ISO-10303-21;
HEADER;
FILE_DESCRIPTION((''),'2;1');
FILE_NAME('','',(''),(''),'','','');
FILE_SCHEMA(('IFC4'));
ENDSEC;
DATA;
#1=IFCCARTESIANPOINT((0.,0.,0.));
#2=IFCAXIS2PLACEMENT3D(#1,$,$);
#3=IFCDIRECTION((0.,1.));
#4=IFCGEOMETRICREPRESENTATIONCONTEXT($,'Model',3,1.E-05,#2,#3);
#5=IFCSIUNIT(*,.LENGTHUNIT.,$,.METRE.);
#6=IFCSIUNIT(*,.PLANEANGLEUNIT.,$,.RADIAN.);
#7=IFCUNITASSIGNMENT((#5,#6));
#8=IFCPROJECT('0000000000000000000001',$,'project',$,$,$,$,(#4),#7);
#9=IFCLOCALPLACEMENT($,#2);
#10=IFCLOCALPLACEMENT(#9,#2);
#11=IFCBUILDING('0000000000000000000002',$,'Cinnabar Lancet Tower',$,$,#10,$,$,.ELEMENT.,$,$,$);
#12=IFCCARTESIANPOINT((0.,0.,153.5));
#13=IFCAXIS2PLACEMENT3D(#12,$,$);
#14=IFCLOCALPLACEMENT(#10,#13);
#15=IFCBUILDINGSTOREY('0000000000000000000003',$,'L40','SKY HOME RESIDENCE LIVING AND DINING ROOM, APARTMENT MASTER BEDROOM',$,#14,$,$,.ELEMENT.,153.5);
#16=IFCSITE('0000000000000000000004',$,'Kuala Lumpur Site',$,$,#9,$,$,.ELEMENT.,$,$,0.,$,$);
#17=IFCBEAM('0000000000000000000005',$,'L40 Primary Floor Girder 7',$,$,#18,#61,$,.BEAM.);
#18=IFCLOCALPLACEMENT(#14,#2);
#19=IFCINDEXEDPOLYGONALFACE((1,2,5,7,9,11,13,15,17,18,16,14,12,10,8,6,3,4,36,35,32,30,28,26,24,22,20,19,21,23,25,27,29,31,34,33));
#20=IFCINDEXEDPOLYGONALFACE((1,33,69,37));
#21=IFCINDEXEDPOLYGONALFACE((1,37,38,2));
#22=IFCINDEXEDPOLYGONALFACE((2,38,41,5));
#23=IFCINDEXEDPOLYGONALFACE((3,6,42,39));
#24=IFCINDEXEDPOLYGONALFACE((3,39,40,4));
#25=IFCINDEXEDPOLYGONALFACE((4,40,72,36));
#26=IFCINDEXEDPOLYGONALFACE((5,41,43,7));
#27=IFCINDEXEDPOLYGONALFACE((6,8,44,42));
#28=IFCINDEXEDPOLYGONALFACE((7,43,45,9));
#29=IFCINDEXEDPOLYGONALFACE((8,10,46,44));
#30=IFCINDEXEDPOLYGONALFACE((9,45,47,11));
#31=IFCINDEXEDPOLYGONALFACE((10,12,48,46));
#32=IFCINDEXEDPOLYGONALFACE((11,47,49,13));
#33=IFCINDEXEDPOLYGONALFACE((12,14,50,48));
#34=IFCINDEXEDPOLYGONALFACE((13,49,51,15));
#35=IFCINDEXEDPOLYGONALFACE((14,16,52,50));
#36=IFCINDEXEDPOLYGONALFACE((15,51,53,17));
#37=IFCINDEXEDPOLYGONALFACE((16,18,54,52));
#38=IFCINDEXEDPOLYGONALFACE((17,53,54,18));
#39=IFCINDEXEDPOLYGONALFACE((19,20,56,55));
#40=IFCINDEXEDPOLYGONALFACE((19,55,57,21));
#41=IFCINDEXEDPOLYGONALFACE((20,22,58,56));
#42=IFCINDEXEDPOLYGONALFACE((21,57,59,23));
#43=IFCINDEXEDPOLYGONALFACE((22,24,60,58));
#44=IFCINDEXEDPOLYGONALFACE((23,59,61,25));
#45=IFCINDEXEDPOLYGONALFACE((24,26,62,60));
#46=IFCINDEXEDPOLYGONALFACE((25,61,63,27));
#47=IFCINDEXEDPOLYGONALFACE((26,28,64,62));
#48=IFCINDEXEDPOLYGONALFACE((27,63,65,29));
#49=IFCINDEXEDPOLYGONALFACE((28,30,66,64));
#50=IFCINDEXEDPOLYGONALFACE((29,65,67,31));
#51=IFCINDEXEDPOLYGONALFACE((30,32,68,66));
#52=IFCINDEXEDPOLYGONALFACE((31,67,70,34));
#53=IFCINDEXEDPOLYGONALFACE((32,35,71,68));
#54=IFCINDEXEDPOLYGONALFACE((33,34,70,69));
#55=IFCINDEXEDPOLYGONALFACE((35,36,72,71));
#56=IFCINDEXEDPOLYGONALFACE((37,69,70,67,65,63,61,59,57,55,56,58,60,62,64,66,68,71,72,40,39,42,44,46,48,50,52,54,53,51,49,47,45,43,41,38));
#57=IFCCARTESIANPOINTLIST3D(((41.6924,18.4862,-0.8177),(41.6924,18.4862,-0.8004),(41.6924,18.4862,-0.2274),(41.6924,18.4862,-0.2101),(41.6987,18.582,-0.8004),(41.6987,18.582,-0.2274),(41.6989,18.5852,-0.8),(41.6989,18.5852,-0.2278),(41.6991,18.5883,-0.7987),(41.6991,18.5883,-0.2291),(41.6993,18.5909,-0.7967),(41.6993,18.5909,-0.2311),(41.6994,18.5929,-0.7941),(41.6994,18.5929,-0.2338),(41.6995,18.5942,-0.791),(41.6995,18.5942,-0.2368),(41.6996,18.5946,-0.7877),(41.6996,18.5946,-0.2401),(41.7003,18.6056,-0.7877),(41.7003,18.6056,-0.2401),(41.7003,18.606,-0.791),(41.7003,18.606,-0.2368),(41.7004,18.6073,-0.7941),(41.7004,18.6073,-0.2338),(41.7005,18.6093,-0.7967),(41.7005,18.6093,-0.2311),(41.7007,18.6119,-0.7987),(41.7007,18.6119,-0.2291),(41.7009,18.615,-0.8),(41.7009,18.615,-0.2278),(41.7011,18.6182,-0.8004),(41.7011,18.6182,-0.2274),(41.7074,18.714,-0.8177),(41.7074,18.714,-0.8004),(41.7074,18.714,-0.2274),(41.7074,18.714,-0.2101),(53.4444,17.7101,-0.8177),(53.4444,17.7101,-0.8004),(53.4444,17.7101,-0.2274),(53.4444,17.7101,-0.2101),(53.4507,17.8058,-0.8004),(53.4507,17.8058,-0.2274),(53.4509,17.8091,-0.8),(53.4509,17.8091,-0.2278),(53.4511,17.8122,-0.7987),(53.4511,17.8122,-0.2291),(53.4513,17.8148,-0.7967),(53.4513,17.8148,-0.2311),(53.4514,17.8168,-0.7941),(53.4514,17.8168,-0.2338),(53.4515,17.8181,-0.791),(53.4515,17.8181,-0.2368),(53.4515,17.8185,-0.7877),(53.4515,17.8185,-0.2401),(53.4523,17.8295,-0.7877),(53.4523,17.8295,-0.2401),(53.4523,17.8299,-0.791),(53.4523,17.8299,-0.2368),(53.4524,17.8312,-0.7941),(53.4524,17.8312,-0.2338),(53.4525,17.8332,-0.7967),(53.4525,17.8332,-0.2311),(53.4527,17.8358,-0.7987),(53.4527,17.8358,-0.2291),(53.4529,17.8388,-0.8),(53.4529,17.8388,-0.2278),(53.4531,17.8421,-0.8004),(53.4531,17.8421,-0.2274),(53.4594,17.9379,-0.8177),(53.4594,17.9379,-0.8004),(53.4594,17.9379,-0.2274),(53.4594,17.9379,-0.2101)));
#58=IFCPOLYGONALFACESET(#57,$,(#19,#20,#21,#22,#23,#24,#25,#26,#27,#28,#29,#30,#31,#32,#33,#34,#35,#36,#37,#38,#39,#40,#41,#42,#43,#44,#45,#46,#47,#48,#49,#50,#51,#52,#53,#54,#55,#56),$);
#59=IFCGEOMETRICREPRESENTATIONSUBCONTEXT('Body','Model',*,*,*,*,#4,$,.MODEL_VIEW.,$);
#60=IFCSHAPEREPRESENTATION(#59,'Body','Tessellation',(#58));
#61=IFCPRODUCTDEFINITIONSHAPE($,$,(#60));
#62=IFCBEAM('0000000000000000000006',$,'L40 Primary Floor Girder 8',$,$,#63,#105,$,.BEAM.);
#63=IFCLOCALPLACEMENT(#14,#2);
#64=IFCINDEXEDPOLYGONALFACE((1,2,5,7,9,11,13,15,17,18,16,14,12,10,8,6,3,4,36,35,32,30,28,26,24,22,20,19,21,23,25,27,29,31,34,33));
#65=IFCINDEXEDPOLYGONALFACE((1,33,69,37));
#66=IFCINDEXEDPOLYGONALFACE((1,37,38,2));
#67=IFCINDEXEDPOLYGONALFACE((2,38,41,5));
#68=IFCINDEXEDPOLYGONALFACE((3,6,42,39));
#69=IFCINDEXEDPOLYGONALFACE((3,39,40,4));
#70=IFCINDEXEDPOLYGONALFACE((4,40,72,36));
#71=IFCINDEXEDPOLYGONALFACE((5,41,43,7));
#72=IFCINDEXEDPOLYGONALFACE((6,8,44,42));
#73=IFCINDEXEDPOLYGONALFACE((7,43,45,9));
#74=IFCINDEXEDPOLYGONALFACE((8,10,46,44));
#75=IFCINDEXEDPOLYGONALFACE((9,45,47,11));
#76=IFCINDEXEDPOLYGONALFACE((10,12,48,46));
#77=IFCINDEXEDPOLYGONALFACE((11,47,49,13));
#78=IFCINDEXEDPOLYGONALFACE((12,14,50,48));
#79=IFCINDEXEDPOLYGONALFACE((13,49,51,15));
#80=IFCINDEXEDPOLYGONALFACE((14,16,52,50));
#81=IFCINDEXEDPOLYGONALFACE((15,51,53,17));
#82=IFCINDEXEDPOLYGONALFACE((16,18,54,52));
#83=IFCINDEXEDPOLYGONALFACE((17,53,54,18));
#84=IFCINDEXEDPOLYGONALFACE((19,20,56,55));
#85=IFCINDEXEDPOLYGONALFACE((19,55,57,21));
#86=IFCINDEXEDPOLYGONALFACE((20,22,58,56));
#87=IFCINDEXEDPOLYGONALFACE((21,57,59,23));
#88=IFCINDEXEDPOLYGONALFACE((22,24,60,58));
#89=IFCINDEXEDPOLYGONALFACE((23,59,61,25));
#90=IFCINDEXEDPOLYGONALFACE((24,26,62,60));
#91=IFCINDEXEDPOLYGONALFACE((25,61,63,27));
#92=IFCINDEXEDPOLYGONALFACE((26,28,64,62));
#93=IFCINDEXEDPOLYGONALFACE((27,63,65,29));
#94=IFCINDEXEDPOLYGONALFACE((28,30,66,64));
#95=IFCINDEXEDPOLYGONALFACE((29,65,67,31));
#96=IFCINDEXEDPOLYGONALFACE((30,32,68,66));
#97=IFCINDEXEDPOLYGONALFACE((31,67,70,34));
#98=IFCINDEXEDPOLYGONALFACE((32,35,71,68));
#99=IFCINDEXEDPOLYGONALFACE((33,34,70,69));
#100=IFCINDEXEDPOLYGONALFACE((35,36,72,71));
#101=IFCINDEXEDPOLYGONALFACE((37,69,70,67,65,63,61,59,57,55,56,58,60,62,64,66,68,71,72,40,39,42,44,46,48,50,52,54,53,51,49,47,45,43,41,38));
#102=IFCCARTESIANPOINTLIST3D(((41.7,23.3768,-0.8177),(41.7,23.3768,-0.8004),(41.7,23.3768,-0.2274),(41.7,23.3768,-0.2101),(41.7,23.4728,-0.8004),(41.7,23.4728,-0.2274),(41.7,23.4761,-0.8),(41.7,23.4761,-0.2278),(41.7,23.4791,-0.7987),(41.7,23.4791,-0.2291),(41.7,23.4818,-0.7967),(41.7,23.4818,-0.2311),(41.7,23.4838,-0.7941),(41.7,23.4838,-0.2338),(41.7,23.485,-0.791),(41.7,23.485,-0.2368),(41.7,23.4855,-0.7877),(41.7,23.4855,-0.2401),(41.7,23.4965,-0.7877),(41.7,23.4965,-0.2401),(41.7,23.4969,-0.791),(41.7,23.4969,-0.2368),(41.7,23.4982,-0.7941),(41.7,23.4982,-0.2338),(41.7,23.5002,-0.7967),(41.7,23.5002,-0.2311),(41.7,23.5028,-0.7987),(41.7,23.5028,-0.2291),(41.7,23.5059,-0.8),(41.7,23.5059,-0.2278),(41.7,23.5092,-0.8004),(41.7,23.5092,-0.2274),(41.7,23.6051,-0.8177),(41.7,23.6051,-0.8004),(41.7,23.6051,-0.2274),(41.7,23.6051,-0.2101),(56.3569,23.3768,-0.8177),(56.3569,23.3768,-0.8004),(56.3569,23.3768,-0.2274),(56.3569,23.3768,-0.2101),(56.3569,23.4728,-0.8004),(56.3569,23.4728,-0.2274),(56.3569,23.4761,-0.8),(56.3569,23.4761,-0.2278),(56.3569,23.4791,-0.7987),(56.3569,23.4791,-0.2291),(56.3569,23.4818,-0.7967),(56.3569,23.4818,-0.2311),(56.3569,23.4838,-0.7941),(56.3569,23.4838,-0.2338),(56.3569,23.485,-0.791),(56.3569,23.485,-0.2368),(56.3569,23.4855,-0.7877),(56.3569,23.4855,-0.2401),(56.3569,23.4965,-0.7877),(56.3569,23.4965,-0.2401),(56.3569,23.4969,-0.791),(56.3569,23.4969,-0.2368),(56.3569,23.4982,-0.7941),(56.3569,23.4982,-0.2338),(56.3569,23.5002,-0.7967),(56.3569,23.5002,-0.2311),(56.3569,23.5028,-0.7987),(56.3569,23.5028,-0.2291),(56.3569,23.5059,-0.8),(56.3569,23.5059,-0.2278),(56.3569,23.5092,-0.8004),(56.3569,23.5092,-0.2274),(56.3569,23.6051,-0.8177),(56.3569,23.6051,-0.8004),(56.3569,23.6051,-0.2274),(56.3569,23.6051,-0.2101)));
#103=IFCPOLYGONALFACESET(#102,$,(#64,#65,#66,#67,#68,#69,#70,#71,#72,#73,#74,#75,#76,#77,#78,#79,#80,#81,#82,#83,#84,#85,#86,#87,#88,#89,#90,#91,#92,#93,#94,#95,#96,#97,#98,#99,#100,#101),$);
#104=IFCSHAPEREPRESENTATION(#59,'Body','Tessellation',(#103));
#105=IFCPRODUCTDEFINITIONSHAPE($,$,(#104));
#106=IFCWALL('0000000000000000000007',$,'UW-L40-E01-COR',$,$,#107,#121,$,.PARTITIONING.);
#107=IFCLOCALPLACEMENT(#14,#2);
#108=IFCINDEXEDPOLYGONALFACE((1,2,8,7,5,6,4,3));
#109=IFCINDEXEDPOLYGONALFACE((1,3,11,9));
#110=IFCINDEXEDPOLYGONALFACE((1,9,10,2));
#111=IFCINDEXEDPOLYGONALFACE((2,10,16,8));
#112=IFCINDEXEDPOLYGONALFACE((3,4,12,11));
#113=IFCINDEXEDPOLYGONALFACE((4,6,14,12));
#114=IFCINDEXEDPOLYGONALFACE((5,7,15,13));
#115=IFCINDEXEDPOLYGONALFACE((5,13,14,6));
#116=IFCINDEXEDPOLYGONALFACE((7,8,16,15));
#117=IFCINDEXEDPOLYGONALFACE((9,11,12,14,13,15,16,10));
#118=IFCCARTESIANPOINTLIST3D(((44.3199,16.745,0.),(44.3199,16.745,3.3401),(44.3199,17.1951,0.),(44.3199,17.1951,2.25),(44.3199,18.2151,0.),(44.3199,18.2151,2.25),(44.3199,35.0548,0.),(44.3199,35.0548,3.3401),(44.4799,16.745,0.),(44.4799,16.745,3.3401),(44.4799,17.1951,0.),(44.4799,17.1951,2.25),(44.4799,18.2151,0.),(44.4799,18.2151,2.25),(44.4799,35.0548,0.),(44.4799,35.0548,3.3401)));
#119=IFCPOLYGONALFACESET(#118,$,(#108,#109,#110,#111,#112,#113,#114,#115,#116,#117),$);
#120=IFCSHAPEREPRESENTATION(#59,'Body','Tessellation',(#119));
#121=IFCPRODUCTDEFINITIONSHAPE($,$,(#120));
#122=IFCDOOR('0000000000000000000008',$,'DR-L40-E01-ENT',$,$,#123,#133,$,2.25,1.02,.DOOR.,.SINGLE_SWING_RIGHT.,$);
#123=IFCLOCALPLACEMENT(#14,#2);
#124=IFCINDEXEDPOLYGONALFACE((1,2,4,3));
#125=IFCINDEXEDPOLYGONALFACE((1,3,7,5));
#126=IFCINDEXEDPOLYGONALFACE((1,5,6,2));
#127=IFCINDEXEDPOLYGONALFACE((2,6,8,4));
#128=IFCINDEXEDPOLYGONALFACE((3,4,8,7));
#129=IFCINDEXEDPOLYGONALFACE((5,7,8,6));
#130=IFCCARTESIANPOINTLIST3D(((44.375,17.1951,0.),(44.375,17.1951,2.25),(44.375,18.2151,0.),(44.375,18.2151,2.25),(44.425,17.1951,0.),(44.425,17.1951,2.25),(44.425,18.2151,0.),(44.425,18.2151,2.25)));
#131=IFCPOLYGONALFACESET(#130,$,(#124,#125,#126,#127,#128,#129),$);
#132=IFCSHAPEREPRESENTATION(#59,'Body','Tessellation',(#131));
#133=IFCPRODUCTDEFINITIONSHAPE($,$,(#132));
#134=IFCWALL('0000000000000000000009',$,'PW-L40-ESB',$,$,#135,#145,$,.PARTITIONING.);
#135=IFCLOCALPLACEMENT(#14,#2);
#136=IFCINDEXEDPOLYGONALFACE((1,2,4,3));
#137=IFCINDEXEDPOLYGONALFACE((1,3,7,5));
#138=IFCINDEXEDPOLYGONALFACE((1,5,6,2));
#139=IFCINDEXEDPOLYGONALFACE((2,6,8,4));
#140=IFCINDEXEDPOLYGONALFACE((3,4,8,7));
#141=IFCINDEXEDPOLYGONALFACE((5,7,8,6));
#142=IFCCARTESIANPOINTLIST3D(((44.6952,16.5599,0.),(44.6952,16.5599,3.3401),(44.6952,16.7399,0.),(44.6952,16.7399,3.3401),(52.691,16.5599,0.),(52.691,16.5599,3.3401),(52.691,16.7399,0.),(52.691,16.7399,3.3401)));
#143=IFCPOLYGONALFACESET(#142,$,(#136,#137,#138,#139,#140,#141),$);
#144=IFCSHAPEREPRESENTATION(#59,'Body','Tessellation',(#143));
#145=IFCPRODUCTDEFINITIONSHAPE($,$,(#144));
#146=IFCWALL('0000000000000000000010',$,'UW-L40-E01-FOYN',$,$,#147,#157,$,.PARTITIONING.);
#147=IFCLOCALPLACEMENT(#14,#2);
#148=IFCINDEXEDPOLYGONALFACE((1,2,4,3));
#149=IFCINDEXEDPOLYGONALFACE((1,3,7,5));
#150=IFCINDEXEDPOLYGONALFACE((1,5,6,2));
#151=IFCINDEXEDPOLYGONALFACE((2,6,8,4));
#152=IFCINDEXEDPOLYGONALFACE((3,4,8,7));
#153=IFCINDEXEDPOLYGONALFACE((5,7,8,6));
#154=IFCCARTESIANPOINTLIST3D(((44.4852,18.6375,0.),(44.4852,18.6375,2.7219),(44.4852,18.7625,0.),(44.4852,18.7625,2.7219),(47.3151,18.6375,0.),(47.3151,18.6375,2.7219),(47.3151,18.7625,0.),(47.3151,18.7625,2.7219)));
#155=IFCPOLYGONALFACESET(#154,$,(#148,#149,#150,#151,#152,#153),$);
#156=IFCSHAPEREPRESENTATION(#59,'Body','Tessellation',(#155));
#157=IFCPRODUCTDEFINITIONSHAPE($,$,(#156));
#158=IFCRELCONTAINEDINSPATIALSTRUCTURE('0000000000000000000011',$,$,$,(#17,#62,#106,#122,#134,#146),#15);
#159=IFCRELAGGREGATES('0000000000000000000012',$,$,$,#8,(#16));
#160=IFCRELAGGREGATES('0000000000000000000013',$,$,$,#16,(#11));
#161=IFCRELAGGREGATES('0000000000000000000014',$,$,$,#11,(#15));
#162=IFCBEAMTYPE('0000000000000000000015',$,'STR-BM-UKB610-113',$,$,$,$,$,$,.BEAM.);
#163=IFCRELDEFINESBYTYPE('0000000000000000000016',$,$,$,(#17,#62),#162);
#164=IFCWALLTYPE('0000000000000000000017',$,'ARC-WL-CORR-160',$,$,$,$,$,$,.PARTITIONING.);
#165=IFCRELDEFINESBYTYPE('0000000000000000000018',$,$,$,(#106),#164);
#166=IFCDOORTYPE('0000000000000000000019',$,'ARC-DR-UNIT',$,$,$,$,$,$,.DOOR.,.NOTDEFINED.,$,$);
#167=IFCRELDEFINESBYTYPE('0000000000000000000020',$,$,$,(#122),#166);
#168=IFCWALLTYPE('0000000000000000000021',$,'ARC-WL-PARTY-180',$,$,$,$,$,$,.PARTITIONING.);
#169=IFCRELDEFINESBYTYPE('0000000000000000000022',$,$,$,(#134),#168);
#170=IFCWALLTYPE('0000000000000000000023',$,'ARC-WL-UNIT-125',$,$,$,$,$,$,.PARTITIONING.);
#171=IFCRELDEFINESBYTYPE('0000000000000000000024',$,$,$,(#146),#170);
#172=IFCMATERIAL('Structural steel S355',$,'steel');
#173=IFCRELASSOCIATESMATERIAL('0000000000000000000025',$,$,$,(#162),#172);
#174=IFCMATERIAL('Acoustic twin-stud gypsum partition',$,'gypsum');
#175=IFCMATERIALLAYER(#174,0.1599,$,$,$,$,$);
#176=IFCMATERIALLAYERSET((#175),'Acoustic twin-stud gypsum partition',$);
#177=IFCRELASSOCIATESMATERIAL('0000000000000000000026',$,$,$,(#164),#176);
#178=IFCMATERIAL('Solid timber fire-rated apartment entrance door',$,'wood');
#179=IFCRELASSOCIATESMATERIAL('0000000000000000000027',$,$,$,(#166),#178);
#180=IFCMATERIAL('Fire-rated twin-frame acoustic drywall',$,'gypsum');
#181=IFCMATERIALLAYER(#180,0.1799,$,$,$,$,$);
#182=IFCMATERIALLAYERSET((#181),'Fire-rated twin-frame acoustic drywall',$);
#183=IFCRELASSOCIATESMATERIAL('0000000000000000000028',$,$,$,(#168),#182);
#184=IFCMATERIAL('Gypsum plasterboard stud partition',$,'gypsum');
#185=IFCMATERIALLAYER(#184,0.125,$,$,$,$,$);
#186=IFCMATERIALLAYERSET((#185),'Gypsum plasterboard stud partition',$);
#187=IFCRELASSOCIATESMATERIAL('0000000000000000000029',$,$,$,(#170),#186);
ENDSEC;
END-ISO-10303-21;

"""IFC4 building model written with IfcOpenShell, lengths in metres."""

from ifc_helpers import new_model, si_unit, direction, frame, frame_2d, origin, origin_2d, place, context, subcontext, project, spatial, rectangle, i_section, extrude, material, layer, layer_set, material_profile, profile_set, type_object, element, fill, save


model = new_model("IFC4")

# Units and contexts
model_context = context("Model", 3, precision=1e-05, world=origin(), true_north=direction((0.0, 1.0)))
body_context = subcontext(model_context, "Body", "Model", "MODEL_VIEW")
ifc_project = project(units=[si_unit("LENGTHUNIT", "METRE"), si_unit("PLANEANGLEUNIT", "RADIAN")], contexts=[model_context])

# Site, building, storey
site_placement = place(None, origin())
site = spatial("IfcSite", under=ifc_project, at=site_placement, Name="Kuala Lumpur Site", CompositionType="ELEMENT", RefElevation=0.0)
building_placement = place(site_placement, origin())
building = spatial("IfcBuilding", under=site, at=building_placement, Name="Cinnabar Lancet Tower", CompositionType="ELEMENT")
storey_placement = place(building_placement, frame((0.0, 0.0, 153.5)))
storey = spatial("IfcBuildingStorey", under=building, at=storey_placement, Name="L40", Description="SKY HOME RESIDENCE LIVING AND DINING ROOM, APARTMENT MASTER BEDROOM", CompositionType="ELEMENT", Elevation=153.5)

# Beams
ifc_material_1 = material(Name="Structural steel S355", Category="steel")
ifc_material_profile_1 = material_profile(ifc_material_1, i_section(OverallWidth=0.2283, OverallDepth=0.6077, WebThickness=0.011, FlangeThickness=0.0173, FilletRadius=0.0127, at=origin_2d()), Name="UKB 610x229x113")
ifc_profile_set_1 = profile_set([ifc_material_profile_1], Name="Structural steel S355")
beam_type_1 = type_object("IfcBeamType", Name="STR-BM-UKB610-113", PredefinedType="BEAM", material=ifc_profile_set_1)
beam_1_placement = place(storey_placement, frame((53.4519, 17.824, -0.5139), z_axis=(-0.997826, 0.065898, 0.0), x_axis=(-0.065898, -0.997826, 0.0)))
element("IfcBeam", 1, at=beam_1_placement, inside=storey, type_object=beam_type_1, Name="L40 Primary Floor Girder 7", PredefinedType="BEAM", context=body_context, shape_type="SweptSolid", body=[
    extrude(i_section(OverallWidth=0.2283, OverallDepth=0.6077, WebThickness=0.011, FlangeThickness=0.0173, FilletRadius=0.0127, at=origin_2d()), origin(), (0.0, 0.0, 1.0), 11.7776),
])
beam_2_placement = place(storey_placement, frame((56.3569, 23.491, -0.5139), z_axis=(-1.0, 0.0, 0.0), x_axis=(0.0, -1.0, 0.0)))
element("IfcBeam", 2, at=beam_2_placement, inside=storey, type_object=beam_type_1, Name="L40 Primary Floor Girder 8", PredefinedType="BEAM", context=body_context, shape_type="SweptSolid", body=[
    extrude(i_section(OverallWidth=0.2283, OverallDepth=0.6077, WebThickness=0.011, FlangeThickness=0.0173, FilletRadius=0.0127, at=origin_2d()), origin(), (0.0, 0.0, 1.0), 14.657),
])

# Wall, opening, door
ifc_material_2 = material(Name="Acoustic twin-stud gypsum partition", Category="gypsum")
ifc_layer_1 = layer(ifc_material_2, 0.1599)
ifc_layer_set_1 = layer_set([ifc_layer_1], Name="Acoustic twin-stud gypsum partition")
wall_type_1 = type_object("IfcWallType", Name="ARC-WL-CORR-160", PredefinedType="PARTITIONING", material=ifc_layer_set_1)
wall_1_placement = place(storey_placement, frame((44.3999, 16.7451, 0.0), z_axis=(0.0, 0.0, 1.0), x_axis=(0.0, 1.0, 0.0)))
wall_1 = element("IfcWall", 3, at=wall_1_placement, inside=storey, type_object=wall_type_1, Name="UW-L40-E01-COR", PredefinedType="PARTITIONING", context=body_context, shape_type="SweptSolid", body=[
    extrude(rectangle(XDim=18.3098, YDim=0.1599, at=frame_2d((9.1548, 0.0))), origin(), (0.0, 0.0, 1.0), 3.3401),
])
opening_1_placement = place(wall_1_placement, frame((0.45, 0.0, 0.0)))
opening_1 = element("IfcOpeningElement", 4, at=opening_1_placement, cuts=wall_1, PredefinedType="OPENING", context=body_context, shape_type="SweptSolid", body=[
    extrude(rectangle(XDim=1.02, YDim=2.25, at=frame_2d((0.51, 1.125))), frame((0.0, 0.0898, 0.0), z_axis=(0.0, -1.0, 0.0), x_axis=(1.0, 0.0, 0.0)), (0.0, 0.0, 1.0), 0.1799),
])
ifc_material_3 = material(Name="Solid timber fire-rated apartment entrance door", Category="wood")
door_type_1 = type_object("IfcDoorType", Name="ARC-DR-UNIT", OperationType="NOTDEFINED", PredefinedType="DOOR", material=ifc_material_3)
door_1_placement = place(opening_1_placement, origin())
door_1 = element("IfcDoor", 5, at=door_1_placement, inside=storey, type_object=door_type_1, Name="DR-L40-E01-ENT", OperationType="SINGLE_SWING_RIGHT", OverallHeight=2.25, OverallWidth=1.02, PredefinedType="DOOR", context=body_context, shape_type="SweptSolid", body=[
    extrude(rectangle(XDim=1.02, YDim=2.25, at=frame_2d((0.51, 1.125))), frame((0.0, 0.0249, 0.0), z_axis=(0.0, -1.0, 0.0), x_axis=(1.0, 0.0, 0.0)), (0.0, 0.0, 1.0), 0.05),
])
fill(opening_1, door_1)

# Walls
ifc_material_4 = material(Name="Fire-rated twin-frame acoustic drywall", Category="gypsum")
ifc_layer_2 = layer(ifc_material_4, 0.1799)
ifc_layer_set_2 = layer_set([ifc_layer_2], Name="Fire-rated twin-frame acoustic drywall")
wall_type_2 = type_object("IfcWallType", Name="ARC-WL-PARTY-180", PredefinedType="PARTITIONING", material=ifc_layer_set_2)
wall_2_placement = place(storey_placement, frame((44.6951, 16.6499, 0.0), z_axis=(0.0, 0.0, 1.0), x_axis=(1.0, 0.0, 0.0)))
element("IfcWall", 6, at=wall_2_placement, inside=storey, type_object=wall_type_2, Name="PW-L40-ESB", PredefinedType="PARTITIONING", context=body_context, shape_type="SweptSolid", body=[
    extrude(rectangle(XDim=7.9958, YDim=0.1799, at=frame_2d((3.998, 0.0))), origin(), (0.0, 0.0, 1.0), 3.3401),
])
ifc_material_5 = material(Name="Gypsum plasterboard stud partition", Category="gypsum")
ifc_layer_3 = layer(ifc_material_5, 0.125)
ifc_layer_set_3 = layer_set([ifc_layer_3], Name="Gypsum plasterboard stud partition")
wall_type_3 = type_object("IfcWallType", Name="ARC-WL-UNIT-125", PredefinedType="PARTITIONING", material=ifc_layer_set_3)
wall_3_placement = place(storey_placement, frame((44.4851, 18.7, 0.0), z_axis=(0.0, 0.0, 1.0), x_axis=(1.0, 0.0, 0.0)))
element("IfcWall", 7, at=wall_3_placement, inside=storey, type_object=wall_type_3, Name="UW-L40-E01-FOYN", PredefinedType="PARTITIONING", context=body_context, shape_type="SweptSolid", body=[
    extrude(rectangle(XDim=2.8298, YDim=0.125, at=frame_2d((1.415, 0.0))), origin(), (0.0, 0.0, 1.0), 2.7219),
])

save(model, "model.ifc")
